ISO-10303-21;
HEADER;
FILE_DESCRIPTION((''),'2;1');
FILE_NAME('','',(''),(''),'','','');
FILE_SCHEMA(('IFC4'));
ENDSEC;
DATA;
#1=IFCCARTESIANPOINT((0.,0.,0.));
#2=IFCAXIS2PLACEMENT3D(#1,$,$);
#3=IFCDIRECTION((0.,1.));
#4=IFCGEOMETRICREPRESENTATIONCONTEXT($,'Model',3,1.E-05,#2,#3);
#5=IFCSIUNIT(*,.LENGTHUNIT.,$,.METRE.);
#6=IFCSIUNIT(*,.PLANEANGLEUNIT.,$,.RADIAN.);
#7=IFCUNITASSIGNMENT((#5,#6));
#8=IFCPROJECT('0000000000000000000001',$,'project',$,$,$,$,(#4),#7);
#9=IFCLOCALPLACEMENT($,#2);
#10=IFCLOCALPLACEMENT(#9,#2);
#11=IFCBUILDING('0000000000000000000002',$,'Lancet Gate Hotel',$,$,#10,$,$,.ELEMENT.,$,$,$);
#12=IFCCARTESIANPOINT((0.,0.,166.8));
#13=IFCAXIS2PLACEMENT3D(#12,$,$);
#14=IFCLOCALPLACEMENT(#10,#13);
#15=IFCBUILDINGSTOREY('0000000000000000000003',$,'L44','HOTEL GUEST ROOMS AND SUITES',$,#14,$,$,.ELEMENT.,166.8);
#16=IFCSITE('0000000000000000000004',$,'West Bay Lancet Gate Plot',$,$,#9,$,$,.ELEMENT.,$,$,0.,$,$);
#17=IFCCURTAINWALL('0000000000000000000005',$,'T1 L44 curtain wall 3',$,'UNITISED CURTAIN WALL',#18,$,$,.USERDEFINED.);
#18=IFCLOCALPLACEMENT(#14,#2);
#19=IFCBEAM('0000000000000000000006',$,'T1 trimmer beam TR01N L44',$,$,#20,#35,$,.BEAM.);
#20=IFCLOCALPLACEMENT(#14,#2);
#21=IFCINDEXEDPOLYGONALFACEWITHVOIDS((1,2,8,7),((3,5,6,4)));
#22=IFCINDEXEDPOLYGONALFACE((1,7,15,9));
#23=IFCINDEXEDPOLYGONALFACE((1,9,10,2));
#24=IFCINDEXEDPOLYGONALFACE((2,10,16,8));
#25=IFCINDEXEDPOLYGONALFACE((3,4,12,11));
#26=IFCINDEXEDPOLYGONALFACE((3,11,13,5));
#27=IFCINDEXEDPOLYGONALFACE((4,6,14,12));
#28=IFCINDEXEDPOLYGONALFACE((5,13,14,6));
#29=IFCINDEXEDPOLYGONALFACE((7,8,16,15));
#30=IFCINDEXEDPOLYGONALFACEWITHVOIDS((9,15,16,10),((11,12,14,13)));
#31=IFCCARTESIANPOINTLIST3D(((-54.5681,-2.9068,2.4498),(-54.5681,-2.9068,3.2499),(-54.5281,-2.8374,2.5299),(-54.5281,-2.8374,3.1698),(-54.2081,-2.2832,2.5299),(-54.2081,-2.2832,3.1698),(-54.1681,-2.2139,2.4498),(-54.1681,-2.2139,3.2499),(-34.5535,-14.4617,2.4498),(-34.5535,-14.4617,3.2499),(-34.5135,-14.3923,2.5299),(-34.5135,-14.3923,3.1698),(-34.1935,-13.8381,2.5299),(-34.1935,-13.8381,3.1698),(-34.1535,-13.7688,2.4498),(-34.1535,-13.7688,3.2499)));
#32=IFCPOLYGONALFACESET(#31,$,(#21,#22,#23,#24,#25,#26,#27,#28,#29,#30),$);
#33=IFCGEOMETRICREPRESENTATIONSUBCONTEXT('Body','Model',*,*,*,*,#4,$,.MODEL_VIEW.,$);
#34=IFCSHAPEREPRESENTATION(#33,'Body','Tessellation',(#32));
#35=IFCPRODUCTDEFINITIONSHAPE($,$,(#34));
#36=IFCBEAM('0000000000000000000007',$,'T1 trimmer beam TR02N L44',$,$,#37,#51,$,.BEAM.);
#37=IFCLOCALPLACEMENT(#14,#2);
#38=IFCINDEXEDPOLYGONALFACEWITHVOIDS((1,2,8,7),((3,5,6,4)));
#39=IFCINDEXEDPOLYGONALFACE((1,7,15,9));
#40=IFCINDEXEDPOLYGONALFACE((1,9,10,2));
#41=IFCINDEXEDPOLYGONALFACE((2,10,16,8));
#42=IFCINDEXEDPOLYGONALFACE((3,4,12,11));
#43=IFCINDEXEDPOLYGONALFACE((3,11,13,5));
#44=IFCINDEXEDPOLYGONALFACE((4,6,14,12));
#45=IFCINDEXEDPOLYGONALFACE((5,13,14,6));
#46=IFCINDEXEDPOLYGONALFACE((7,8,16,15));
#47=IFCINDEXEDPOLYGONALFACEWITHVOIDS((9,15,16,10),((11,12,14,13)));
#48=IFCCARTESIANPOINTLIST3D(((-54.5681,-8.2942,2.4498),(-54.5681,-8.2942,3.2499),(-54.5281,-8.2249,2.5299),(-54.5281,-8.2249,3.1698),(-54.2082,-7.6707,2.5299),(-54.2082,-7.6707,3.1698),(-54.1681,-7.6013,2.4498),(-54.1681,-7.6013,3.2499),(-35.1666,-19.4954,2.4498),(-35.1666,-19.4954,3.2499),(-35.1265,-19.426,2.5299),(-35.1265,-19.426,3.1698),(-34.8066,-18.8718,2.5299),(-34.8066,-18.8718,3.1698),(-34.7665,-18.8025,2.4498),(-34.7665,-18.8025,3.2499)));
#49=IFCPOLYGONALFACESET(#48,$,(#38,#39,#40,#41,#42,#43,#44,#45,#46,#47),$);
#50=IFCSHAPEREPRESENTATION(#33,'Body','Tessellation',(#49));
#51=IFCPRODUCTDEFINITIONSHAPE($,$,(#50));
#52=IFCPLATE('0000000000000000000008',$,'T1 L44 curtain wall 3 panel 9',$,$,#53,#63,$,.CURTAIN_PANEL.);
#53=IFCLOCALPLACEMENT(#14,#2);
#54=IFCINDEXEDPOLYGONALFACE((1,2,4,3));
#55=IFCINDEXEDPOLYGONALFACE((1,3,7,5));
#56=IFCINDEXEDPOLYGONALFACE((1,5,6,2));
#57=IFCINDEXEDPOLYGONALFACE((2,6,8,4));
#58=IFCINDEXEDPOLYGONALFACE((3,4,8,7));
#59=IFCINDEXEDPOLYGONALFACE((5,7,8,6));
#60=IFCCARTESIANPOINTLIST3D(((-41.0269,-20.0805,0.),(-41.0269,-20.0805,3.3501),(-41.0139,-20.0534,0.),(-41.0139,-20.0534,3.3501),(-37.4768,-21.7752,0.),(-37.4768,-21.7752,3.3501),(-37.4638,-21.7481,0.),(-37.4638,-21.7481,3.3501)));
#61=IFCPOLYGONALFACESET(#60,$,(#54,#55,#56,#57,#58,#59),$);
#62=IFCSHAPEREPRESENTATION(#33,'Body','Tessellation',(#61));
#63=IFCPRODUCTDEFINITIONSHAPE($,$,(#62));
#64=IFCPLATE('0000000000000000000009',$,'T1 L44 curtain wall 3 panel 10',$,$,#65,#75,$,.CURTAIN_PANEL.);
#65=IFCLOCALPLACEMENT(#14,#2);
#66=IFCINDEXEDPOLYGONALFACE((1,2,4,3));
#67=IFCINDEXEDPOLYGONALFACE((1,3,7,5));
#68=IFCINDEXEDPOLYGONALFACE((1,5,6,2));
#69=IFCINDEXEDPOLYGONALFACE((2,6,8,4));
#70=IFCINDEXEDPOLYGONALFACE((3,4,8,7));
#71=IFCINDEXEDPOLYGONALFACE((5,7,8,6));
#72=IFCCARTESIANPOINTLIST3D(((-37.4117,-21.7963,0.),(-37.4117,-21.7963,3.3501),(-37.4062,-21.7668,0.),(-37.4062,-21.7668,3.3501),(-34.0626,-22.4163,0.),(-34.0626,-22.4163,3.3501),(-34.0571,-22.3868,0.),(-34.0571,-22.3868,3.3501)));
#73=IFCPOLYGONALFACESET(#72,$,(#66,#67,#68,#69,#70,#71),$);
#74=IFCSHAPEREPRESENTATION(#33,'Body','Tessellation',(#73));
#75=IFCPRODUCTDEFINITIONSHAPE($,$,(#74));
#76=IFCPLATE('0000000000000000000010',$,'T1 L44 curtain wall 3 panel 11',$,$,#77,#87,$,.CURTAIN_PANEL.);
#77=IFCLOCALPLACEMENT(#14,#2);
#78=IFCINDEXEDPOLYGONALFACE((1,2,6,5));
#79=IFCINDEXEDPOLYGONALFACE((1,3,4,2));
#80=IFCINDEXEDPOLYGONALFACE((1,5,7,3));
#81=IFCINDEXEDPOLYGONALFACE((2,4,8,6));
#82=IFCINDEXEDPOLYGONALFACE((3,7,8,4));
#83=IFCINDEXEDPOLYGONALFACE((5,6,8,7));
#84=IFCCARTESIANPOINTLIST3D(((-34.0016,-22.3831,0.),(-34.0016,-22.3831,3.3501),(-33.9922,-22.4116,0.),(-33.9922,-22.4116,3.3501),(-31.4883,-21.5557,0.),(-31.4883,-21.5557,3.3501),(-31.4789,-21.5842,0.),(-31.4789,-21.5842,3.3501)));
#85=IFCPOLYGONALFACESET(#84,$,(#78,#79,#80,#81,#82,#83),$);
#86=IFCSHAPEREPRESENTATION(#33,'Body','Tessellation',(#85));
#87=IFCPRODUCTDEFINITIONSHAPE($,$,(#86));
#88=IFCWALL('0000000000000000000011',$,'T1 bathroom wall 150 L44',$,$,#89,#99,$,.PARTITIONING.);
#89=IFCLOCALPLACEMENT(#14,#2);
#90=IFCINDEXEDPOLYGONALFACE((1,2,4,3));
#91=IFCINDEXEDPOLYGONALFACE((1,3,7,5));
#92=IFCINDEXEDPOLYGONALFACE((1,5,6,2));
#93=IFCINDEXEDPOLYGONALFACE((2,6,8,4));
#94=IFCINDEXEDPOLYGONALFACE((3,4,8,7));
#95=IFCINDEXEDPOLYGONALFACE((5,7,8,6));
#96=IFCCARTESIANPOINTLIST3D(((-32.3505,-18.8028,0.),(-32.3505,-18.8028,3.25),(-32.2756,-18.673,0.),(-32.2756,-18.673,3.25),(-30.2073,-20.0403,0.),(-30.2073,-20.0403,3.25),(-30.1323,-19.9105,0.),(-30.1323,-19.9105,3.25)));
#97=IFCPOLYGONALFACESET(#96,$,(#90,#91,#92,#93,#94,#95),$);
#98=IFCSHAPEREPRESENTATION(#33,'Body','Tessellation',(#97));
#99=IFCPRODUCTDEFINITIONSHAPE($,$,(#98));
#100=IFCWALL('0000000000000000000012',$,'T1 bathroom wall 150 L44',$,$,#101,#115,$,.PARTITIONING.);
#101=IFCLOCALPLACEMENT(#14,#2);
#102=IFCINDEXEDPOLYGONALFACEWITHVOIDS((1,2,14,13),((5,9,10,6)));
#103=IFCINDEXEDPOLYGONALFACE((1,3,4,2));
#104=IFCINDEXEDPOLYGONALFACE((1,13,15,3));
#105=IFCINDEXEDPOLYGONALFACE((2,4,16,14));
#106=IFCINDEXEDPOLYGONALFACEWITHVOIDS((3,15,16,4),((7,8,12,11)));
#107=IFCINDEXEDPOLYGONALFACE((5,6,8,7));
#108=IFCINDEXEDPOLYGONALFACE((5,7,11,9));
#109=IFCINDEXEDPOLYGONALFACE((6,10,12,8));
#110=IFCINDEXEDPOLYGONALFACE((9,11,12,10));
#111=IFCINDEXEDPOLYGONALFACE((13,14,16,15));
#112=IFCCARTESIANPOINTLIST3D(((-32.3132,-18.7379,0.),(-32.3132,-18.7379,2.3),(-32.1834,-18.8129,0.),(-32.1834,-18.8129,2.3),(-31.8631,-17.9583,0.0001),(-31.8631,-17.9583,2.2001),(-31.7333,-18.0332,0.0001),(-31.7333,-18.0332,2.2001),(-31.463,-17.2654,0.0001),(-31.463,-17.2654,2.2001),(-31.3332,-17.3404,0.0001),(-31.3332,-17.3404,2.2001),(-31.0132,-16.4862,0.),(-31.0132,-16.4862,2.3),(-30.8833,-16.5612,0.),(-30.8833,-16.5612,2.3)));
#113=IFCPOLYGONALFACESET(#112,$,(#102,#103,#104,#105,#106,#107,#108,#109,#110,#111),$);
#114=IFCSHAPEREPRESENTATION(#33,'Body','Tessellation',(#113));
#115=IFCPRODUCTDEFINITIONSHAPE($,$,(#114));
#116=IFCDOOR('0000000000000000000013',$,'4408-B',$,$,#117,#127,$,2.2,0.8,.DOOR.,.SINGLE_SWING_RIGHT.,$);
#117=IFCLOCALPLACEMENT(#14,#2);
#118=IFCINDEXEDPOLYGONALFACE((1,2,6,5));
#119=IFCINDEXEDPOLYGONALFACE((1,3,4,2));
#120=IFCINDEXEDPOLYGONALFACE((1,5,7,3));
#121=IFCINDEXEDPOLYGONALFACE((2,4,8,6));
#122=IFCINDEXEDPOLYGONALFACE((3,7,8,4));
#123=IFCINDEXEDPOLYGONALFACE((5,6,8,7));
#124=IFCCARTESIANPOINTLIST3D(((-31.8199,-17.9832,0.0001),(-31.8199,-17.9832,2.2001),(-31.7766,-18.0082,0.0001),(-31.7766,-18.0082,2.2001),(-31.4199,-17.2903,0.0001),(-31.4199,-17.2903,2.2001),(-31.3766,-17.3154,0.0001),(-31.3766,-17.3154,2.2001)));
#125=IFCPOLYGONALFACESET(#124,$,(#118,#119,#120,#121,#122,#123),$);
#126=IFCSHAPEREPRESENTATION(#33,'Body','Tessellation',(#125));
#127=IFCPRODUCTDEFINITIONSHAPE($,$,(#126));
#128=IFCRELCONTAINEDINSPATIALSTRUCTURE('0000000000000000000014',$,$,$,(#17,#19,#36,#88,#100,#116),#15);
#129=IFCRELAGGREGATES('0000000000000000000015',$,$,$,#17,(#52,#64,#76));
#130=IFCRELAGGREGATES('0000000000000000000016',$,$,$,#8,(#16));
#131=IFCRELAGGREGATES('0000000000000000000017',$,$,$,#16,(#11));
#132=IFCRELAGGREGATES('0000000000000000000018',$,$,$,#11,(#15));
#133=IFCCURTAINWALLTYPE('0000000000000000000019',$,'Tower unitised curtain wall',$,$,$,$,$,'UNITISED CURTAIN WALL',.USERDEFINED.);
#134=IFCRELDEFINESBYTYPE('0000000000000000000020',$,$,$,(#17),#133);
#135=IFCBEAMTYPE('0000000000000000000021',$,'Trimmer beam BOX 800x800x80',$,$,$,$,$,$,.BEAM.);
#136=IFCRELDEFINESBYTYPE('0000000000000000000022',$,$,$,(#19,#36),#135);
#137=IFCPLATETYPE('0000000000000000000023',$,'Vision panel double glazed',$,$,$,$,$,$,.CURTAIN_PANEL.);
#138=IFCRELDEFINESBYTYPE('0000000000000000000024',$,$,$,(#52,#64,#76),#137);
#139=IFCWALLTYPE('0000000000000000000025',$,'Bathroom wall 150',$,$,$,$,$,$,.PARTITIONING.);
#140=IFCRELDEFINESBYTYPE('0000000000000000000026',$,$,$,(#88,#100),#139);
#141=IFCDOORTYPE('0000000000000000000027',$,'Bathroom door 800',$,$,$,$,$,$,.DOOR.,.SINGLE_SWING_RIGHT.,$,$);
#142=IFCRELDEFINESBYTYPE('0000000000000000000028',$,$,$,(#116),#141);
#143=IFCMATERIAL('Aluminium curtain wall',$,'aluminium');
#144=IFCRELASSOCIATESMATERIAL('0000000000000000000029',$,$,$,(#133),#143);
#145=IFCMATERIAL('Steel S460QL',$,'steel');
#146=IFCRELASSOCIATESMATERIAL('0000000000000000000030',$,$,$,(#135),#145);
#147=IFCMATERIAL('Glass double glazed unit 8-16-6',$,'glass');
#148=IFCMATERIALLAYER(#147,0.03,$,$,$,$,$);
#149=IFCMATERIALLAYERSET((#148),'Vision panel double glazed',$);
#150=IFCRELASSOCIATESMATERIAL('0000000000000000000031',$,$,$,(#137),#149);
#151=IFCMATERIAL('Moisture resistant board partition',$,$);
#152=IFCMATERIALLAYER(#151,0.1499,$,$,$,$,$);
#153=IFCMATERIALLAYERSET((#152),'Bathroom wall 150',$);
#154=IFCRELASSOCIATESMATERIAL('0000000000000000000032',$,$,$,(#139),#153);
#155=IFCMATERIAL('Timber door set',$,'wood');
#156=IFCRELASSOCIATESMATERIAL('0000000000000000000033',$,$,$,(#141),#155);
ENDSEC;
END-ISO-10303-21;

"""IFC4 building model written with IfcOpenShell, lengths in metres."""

from ifc_helpers import new_model, si_unit, direction, frame, frame_2d, origin, origin_2d, place, context, subcontext, project, spatial, rectangle, hollow_rectangle, extrude, material, layer, layer_set, material_profile, profile_set, type_object, element, fill, aggregate, save


model = new_model("IFC4")

# Units and contexts
model_context = context("Model", 3, precision=1e-05, world=origin(), true_north=direction((0.0, 1.0)))
body_context = subcontext(model_context, "Body", "Model", "MODEL_VIEW")
ifc_project = project(units=[si_unit("LENGTHUNIT", "METRE"), si_unit("PLANEANGLEUNIT", "RADIAN")], contexts=[model_context])

# Site, building, storey
site_placement = place(None, origin())
site = spatial("IfcSite", under=ifc_project, at=site_placement, Name="West Bay Lancet Gate Plot", CompositionType="ELEMENT", RefElevation=0.0)
building_placement = place(site_placement, origin())
building = spatial("IfcBuilding", under=site, at=building_placement, Name="Lancet Gate Hotel", CompositionType="ELEMENT")
storey_placement = place(building_placement, frame((0.0, 0.0, 166.8)))
storey = spatial("IfcBuildingStorey", under=building, at=storey_placement, Name="L44", Description="HOTEL GUEST ROOMS AND SUITES", CompositionType="ELEMENT", Elevation=166.8)

# Curtain wall
ifc_material_1 = material(Name="Aluminium curtain wall", Category="aluminium")
curtain_wall_type = type_object("IfcCurtainWallType", Name="Tower unitised curtain wall", ElementType="UNITISED CURTAIN WALL", PredefinedType="USERDEFINED", material=ifc_material_1)
curtain_wall_1_placement = place(storey_placement, origin())
curtain_wall_1 = element("IfcCurtainWall", 1, at=curtain_wall_1_placement, inside=storey, type_object=curtain_wall_type, Name="T1 L44 curtain wall 3", ObjectType="UNITISED CURTAIN WALL", PredefinedType="USERDEFINED")

# Beams
ifc_material_2 = material(Name="Steel S460QL", Category="steel")
ifc_material_profile_1 = material_profile(ifc_material_2, hollow_rectangle(XDim=0.8, YDim=0.8, WallThickness=0.0801, at=origin_2d()), Name="BOX 800x800x80")
ifc_profile_set_1 = profile_set([ifc_material_profile_1], Name="Steel S460QL")
beam_type_1 = type_object("IfcBeamType", Name="Trimmer beam BOX 800x800x80", PredefinedType="BEAM", material=ifc_profile_set_1)
beam_1_placement = place(storey_placement, frame((-34.3535, -14.1152, 2.8499), z_axis=(-0.866035, 0.499983, 0.0), x_axis=(-0.499983, -0.866035, 0.0)))
element("IfcBeam", 2, at=beam_1_placement, inside=storey, type_object=beam_type_1, Name="T1 trimmer beam TR01N L44", PredefinedType="BEAM", context=body_context, shape_type="SweptSolid", body=[
    extrude(hollow_rectangle(XDim=0.8, YDim=0.8, WallThickness=0.0801, at=origin_2d()), origin(), (0.0, 0.0, 1.0), 23.1106),
])
beam_2_placement = place(storey_placement, frame((-34.9666, -19.1489, 2.8499), z_axis=(-0.866032, 0.499988, 0.0), x_axis=(-0.499988, -0.866032, 0.0)))
element("IfcBeam", 3, at=beam_2_placement, inside=storey, type_object=beam_type_1, Name="T1 trimmer beam TR02N L44", PredefinedType="BEAM", context=body_context, shape_type="SweptSolid", body=[
    extrude(hollow_rectangle(XDim=0.8, YDim=0.8, WallThickness=0.0801, at=origin_2d()), origin(), (0.0, 0.0, 1.0), 22.4028),
])

# Plates
ifc_material_3 = material(Name="Glass double glazed unit 8-16-6", Category="glass")
ifc_layer_1 = layer(ifc_material_3, 0.03)
ifc_layer_set_1 = layer_set([ifc_layer_1], Name="Vision panel double glazed")
plate_type = type_object("IfcPlateType", Name="Vision panel double glazed", PredefinedType="CURTAIN_PANEL", material=ifc_layer_set_1)
plate_1_placement = place(storey_placement, frame((-39.2454, -20.9143, 0.0), z_axis=(0.0, 0.0, 1.0), x_axis=(0.902454, -0.430787, 0.0)))
plate_1 = element("IfcPlate", 4, at=plate_1_placement, type_object=plate_type, Name="T1 L44 curtain wall 3 panel 9", PredefinedType="CURTAIN_PANEL", context=body_context, shape_type="SweptSolid", body=[
    extrude(rectangle(XDim=3.9338, YDim=0.03, at=origin_2d()), origin(), (0.0, 0.0, 1.0), 3.3501),
])
plate_2_placement = place(storey_placement, frame((-35.7344, -22.0916, 0.0), z_axis=(0.0, 0.0, 1.0), x_axis=(0.983292, -0.182033, 0.0)))
plate_2 = element("IfcPlate", 5, at=plate_2_placement, type_object=plate_type, Name="T1 L44 curtain wall 3 panel 10", PredefinedType="CURTAIN_PANEL", context=body_context, shape_type="SweptSolid", body=[
    extrude(rectangle(XDim=3.406, YDim=0.03, at=origin_2d()), origin(), (0.0, 0.0, 1.0), 3.3501),
])
plate_3_placement = place(storey_placement, frame((-32.7402, -21.9836, 0.0), z_axis=(0.0, 0.0, 1.0), x_axis=(0.949848, 0.312712, 0.0)))
plate_3 = element("IfcPlate", 6, at=plate_3_placement, type_object=plate_type, Name="T1 L44 curtain wall 3 panel 11", PredefinedType="CURTAIN_PANEL", context=body_context, shape_type="SweptSolid", body=[
    extrude(rectangle(XDim=2.646, YDim=0.03, at=origin_2d()), origin(), (0.0, 0.0, 1.0), 3.3501),
])
aggregate(curtain_wall_1, [plate_1, plate_2, plate_3])

# Wall
ifc_material_4 = material(Name="Moisture resistant board partition")
ifc_layer_2 = layer(ifc_material_4, 0.1499)
ifc_layer_set_2 = layer_set([ifc_layer_2], Name="Bathroom wall 150")
wall_type_1 = type_object("IfcWallType", Name="Bathroom wall 150", PredefinedType="PARTITIONING", material=ifc_layer_set_2)
wall_1_placement = place(storey_placement, frame((-30.1699, -19.9753, 0.0), z_axis=(0.0, 0.0, 1.0), x_axis=(-0.866007, 0.500033, 0.0)))
element("IfcWall", 7, at=wall_1_placement, inside=storey, type_object=wall_type_1, Name="T1 bathroom wall 150 L44", PredefinedType="PARTITIONING", context=body_context, shape_type="SweptSolid", body=[
    extrude(rectangle(XDim=2.4749, YDim=0.1499, at=frame_2d((1.2373, 0.0))), origin(), (0.0, 0.0, 1.0), 3.25),
])

# Wall, opening, door
wall_2_placement = place(storey_placement, frame((-30.9482, -16.5237, 0.0), z_axis=(0.0, 0.0, 1.0), x_axis=(-0.500007, -0.866021, 0.0)))
wall_2 = element("IfcWall", 8, at=wall_2_placement, inside=storey, type_object=wall_type_1, Name="T1 bathroom wall 150 L44", PredefinedType="PARTITIONING", context=body_context, shape_type="SweptSolid", body=[
    extrude(rectangle(XDim=2.6001, YDim=0.1499, at=frame_2d((1.3, 0.0))), origin(), (0.0, 0.0, 1.0), 2.3),
])
opening_1_placement = place(wall_2_placement, frame((0.8999, 0.0, 0.0)))
opening_1 = element("IfcOpeningElement", 9, at=opening_1_placement, cuts=wall_2, PredefinedType="OPENING", context=body_context, shape_type="SweptSolid", body=[
    extrude(rectangle(XDim=0.8, YDim=2.2, at=frame_2d((0.3999, 1.1001))), frame((0.0, 0.085, 0.0), z_axis=(0.0, -1.0, 0.0), x_axis=(1.0, 0.0, 0.0)), (0.0, 0.0, 1.0), 0.1699),
])
ifc_material_5 = material(Name="Timber door set", Category="wood")
door_type_1 = type_object("IfcDoorType", Name="Bathroom door 800", OperationType="SINGLE_SWING_RIGHT", PredefinedType="DOOR", material=ifc_material_5)
door_1_placement = place(opening_1_placement, origin())
door_1 = element("IfcDoor", 10, at=door_1_placement, inside=storey, type_object=door_type_1, Name="4408-B", OperationType="SINGLE_SWING_RIGHT", OverallHeight=2.2, OverallWidth=0.8, PredefinedType="DOOR", context=body_context, shape_type="SweptSolid", body=[
    extrude(rectangle(XDim=0.8, YDim=2.2, at=frame_2d((0.3999, 1.1001))), frame((0.0, 0.0249, 0.0), z_axis=(0.0, -1.0, 0.0), x_axis=(1.0, 0.0, 0.0)), (0.0, 0.0, 1.0), 0.05),
])
fill(opening_1, door_1)

save(model, "model.ifc")
